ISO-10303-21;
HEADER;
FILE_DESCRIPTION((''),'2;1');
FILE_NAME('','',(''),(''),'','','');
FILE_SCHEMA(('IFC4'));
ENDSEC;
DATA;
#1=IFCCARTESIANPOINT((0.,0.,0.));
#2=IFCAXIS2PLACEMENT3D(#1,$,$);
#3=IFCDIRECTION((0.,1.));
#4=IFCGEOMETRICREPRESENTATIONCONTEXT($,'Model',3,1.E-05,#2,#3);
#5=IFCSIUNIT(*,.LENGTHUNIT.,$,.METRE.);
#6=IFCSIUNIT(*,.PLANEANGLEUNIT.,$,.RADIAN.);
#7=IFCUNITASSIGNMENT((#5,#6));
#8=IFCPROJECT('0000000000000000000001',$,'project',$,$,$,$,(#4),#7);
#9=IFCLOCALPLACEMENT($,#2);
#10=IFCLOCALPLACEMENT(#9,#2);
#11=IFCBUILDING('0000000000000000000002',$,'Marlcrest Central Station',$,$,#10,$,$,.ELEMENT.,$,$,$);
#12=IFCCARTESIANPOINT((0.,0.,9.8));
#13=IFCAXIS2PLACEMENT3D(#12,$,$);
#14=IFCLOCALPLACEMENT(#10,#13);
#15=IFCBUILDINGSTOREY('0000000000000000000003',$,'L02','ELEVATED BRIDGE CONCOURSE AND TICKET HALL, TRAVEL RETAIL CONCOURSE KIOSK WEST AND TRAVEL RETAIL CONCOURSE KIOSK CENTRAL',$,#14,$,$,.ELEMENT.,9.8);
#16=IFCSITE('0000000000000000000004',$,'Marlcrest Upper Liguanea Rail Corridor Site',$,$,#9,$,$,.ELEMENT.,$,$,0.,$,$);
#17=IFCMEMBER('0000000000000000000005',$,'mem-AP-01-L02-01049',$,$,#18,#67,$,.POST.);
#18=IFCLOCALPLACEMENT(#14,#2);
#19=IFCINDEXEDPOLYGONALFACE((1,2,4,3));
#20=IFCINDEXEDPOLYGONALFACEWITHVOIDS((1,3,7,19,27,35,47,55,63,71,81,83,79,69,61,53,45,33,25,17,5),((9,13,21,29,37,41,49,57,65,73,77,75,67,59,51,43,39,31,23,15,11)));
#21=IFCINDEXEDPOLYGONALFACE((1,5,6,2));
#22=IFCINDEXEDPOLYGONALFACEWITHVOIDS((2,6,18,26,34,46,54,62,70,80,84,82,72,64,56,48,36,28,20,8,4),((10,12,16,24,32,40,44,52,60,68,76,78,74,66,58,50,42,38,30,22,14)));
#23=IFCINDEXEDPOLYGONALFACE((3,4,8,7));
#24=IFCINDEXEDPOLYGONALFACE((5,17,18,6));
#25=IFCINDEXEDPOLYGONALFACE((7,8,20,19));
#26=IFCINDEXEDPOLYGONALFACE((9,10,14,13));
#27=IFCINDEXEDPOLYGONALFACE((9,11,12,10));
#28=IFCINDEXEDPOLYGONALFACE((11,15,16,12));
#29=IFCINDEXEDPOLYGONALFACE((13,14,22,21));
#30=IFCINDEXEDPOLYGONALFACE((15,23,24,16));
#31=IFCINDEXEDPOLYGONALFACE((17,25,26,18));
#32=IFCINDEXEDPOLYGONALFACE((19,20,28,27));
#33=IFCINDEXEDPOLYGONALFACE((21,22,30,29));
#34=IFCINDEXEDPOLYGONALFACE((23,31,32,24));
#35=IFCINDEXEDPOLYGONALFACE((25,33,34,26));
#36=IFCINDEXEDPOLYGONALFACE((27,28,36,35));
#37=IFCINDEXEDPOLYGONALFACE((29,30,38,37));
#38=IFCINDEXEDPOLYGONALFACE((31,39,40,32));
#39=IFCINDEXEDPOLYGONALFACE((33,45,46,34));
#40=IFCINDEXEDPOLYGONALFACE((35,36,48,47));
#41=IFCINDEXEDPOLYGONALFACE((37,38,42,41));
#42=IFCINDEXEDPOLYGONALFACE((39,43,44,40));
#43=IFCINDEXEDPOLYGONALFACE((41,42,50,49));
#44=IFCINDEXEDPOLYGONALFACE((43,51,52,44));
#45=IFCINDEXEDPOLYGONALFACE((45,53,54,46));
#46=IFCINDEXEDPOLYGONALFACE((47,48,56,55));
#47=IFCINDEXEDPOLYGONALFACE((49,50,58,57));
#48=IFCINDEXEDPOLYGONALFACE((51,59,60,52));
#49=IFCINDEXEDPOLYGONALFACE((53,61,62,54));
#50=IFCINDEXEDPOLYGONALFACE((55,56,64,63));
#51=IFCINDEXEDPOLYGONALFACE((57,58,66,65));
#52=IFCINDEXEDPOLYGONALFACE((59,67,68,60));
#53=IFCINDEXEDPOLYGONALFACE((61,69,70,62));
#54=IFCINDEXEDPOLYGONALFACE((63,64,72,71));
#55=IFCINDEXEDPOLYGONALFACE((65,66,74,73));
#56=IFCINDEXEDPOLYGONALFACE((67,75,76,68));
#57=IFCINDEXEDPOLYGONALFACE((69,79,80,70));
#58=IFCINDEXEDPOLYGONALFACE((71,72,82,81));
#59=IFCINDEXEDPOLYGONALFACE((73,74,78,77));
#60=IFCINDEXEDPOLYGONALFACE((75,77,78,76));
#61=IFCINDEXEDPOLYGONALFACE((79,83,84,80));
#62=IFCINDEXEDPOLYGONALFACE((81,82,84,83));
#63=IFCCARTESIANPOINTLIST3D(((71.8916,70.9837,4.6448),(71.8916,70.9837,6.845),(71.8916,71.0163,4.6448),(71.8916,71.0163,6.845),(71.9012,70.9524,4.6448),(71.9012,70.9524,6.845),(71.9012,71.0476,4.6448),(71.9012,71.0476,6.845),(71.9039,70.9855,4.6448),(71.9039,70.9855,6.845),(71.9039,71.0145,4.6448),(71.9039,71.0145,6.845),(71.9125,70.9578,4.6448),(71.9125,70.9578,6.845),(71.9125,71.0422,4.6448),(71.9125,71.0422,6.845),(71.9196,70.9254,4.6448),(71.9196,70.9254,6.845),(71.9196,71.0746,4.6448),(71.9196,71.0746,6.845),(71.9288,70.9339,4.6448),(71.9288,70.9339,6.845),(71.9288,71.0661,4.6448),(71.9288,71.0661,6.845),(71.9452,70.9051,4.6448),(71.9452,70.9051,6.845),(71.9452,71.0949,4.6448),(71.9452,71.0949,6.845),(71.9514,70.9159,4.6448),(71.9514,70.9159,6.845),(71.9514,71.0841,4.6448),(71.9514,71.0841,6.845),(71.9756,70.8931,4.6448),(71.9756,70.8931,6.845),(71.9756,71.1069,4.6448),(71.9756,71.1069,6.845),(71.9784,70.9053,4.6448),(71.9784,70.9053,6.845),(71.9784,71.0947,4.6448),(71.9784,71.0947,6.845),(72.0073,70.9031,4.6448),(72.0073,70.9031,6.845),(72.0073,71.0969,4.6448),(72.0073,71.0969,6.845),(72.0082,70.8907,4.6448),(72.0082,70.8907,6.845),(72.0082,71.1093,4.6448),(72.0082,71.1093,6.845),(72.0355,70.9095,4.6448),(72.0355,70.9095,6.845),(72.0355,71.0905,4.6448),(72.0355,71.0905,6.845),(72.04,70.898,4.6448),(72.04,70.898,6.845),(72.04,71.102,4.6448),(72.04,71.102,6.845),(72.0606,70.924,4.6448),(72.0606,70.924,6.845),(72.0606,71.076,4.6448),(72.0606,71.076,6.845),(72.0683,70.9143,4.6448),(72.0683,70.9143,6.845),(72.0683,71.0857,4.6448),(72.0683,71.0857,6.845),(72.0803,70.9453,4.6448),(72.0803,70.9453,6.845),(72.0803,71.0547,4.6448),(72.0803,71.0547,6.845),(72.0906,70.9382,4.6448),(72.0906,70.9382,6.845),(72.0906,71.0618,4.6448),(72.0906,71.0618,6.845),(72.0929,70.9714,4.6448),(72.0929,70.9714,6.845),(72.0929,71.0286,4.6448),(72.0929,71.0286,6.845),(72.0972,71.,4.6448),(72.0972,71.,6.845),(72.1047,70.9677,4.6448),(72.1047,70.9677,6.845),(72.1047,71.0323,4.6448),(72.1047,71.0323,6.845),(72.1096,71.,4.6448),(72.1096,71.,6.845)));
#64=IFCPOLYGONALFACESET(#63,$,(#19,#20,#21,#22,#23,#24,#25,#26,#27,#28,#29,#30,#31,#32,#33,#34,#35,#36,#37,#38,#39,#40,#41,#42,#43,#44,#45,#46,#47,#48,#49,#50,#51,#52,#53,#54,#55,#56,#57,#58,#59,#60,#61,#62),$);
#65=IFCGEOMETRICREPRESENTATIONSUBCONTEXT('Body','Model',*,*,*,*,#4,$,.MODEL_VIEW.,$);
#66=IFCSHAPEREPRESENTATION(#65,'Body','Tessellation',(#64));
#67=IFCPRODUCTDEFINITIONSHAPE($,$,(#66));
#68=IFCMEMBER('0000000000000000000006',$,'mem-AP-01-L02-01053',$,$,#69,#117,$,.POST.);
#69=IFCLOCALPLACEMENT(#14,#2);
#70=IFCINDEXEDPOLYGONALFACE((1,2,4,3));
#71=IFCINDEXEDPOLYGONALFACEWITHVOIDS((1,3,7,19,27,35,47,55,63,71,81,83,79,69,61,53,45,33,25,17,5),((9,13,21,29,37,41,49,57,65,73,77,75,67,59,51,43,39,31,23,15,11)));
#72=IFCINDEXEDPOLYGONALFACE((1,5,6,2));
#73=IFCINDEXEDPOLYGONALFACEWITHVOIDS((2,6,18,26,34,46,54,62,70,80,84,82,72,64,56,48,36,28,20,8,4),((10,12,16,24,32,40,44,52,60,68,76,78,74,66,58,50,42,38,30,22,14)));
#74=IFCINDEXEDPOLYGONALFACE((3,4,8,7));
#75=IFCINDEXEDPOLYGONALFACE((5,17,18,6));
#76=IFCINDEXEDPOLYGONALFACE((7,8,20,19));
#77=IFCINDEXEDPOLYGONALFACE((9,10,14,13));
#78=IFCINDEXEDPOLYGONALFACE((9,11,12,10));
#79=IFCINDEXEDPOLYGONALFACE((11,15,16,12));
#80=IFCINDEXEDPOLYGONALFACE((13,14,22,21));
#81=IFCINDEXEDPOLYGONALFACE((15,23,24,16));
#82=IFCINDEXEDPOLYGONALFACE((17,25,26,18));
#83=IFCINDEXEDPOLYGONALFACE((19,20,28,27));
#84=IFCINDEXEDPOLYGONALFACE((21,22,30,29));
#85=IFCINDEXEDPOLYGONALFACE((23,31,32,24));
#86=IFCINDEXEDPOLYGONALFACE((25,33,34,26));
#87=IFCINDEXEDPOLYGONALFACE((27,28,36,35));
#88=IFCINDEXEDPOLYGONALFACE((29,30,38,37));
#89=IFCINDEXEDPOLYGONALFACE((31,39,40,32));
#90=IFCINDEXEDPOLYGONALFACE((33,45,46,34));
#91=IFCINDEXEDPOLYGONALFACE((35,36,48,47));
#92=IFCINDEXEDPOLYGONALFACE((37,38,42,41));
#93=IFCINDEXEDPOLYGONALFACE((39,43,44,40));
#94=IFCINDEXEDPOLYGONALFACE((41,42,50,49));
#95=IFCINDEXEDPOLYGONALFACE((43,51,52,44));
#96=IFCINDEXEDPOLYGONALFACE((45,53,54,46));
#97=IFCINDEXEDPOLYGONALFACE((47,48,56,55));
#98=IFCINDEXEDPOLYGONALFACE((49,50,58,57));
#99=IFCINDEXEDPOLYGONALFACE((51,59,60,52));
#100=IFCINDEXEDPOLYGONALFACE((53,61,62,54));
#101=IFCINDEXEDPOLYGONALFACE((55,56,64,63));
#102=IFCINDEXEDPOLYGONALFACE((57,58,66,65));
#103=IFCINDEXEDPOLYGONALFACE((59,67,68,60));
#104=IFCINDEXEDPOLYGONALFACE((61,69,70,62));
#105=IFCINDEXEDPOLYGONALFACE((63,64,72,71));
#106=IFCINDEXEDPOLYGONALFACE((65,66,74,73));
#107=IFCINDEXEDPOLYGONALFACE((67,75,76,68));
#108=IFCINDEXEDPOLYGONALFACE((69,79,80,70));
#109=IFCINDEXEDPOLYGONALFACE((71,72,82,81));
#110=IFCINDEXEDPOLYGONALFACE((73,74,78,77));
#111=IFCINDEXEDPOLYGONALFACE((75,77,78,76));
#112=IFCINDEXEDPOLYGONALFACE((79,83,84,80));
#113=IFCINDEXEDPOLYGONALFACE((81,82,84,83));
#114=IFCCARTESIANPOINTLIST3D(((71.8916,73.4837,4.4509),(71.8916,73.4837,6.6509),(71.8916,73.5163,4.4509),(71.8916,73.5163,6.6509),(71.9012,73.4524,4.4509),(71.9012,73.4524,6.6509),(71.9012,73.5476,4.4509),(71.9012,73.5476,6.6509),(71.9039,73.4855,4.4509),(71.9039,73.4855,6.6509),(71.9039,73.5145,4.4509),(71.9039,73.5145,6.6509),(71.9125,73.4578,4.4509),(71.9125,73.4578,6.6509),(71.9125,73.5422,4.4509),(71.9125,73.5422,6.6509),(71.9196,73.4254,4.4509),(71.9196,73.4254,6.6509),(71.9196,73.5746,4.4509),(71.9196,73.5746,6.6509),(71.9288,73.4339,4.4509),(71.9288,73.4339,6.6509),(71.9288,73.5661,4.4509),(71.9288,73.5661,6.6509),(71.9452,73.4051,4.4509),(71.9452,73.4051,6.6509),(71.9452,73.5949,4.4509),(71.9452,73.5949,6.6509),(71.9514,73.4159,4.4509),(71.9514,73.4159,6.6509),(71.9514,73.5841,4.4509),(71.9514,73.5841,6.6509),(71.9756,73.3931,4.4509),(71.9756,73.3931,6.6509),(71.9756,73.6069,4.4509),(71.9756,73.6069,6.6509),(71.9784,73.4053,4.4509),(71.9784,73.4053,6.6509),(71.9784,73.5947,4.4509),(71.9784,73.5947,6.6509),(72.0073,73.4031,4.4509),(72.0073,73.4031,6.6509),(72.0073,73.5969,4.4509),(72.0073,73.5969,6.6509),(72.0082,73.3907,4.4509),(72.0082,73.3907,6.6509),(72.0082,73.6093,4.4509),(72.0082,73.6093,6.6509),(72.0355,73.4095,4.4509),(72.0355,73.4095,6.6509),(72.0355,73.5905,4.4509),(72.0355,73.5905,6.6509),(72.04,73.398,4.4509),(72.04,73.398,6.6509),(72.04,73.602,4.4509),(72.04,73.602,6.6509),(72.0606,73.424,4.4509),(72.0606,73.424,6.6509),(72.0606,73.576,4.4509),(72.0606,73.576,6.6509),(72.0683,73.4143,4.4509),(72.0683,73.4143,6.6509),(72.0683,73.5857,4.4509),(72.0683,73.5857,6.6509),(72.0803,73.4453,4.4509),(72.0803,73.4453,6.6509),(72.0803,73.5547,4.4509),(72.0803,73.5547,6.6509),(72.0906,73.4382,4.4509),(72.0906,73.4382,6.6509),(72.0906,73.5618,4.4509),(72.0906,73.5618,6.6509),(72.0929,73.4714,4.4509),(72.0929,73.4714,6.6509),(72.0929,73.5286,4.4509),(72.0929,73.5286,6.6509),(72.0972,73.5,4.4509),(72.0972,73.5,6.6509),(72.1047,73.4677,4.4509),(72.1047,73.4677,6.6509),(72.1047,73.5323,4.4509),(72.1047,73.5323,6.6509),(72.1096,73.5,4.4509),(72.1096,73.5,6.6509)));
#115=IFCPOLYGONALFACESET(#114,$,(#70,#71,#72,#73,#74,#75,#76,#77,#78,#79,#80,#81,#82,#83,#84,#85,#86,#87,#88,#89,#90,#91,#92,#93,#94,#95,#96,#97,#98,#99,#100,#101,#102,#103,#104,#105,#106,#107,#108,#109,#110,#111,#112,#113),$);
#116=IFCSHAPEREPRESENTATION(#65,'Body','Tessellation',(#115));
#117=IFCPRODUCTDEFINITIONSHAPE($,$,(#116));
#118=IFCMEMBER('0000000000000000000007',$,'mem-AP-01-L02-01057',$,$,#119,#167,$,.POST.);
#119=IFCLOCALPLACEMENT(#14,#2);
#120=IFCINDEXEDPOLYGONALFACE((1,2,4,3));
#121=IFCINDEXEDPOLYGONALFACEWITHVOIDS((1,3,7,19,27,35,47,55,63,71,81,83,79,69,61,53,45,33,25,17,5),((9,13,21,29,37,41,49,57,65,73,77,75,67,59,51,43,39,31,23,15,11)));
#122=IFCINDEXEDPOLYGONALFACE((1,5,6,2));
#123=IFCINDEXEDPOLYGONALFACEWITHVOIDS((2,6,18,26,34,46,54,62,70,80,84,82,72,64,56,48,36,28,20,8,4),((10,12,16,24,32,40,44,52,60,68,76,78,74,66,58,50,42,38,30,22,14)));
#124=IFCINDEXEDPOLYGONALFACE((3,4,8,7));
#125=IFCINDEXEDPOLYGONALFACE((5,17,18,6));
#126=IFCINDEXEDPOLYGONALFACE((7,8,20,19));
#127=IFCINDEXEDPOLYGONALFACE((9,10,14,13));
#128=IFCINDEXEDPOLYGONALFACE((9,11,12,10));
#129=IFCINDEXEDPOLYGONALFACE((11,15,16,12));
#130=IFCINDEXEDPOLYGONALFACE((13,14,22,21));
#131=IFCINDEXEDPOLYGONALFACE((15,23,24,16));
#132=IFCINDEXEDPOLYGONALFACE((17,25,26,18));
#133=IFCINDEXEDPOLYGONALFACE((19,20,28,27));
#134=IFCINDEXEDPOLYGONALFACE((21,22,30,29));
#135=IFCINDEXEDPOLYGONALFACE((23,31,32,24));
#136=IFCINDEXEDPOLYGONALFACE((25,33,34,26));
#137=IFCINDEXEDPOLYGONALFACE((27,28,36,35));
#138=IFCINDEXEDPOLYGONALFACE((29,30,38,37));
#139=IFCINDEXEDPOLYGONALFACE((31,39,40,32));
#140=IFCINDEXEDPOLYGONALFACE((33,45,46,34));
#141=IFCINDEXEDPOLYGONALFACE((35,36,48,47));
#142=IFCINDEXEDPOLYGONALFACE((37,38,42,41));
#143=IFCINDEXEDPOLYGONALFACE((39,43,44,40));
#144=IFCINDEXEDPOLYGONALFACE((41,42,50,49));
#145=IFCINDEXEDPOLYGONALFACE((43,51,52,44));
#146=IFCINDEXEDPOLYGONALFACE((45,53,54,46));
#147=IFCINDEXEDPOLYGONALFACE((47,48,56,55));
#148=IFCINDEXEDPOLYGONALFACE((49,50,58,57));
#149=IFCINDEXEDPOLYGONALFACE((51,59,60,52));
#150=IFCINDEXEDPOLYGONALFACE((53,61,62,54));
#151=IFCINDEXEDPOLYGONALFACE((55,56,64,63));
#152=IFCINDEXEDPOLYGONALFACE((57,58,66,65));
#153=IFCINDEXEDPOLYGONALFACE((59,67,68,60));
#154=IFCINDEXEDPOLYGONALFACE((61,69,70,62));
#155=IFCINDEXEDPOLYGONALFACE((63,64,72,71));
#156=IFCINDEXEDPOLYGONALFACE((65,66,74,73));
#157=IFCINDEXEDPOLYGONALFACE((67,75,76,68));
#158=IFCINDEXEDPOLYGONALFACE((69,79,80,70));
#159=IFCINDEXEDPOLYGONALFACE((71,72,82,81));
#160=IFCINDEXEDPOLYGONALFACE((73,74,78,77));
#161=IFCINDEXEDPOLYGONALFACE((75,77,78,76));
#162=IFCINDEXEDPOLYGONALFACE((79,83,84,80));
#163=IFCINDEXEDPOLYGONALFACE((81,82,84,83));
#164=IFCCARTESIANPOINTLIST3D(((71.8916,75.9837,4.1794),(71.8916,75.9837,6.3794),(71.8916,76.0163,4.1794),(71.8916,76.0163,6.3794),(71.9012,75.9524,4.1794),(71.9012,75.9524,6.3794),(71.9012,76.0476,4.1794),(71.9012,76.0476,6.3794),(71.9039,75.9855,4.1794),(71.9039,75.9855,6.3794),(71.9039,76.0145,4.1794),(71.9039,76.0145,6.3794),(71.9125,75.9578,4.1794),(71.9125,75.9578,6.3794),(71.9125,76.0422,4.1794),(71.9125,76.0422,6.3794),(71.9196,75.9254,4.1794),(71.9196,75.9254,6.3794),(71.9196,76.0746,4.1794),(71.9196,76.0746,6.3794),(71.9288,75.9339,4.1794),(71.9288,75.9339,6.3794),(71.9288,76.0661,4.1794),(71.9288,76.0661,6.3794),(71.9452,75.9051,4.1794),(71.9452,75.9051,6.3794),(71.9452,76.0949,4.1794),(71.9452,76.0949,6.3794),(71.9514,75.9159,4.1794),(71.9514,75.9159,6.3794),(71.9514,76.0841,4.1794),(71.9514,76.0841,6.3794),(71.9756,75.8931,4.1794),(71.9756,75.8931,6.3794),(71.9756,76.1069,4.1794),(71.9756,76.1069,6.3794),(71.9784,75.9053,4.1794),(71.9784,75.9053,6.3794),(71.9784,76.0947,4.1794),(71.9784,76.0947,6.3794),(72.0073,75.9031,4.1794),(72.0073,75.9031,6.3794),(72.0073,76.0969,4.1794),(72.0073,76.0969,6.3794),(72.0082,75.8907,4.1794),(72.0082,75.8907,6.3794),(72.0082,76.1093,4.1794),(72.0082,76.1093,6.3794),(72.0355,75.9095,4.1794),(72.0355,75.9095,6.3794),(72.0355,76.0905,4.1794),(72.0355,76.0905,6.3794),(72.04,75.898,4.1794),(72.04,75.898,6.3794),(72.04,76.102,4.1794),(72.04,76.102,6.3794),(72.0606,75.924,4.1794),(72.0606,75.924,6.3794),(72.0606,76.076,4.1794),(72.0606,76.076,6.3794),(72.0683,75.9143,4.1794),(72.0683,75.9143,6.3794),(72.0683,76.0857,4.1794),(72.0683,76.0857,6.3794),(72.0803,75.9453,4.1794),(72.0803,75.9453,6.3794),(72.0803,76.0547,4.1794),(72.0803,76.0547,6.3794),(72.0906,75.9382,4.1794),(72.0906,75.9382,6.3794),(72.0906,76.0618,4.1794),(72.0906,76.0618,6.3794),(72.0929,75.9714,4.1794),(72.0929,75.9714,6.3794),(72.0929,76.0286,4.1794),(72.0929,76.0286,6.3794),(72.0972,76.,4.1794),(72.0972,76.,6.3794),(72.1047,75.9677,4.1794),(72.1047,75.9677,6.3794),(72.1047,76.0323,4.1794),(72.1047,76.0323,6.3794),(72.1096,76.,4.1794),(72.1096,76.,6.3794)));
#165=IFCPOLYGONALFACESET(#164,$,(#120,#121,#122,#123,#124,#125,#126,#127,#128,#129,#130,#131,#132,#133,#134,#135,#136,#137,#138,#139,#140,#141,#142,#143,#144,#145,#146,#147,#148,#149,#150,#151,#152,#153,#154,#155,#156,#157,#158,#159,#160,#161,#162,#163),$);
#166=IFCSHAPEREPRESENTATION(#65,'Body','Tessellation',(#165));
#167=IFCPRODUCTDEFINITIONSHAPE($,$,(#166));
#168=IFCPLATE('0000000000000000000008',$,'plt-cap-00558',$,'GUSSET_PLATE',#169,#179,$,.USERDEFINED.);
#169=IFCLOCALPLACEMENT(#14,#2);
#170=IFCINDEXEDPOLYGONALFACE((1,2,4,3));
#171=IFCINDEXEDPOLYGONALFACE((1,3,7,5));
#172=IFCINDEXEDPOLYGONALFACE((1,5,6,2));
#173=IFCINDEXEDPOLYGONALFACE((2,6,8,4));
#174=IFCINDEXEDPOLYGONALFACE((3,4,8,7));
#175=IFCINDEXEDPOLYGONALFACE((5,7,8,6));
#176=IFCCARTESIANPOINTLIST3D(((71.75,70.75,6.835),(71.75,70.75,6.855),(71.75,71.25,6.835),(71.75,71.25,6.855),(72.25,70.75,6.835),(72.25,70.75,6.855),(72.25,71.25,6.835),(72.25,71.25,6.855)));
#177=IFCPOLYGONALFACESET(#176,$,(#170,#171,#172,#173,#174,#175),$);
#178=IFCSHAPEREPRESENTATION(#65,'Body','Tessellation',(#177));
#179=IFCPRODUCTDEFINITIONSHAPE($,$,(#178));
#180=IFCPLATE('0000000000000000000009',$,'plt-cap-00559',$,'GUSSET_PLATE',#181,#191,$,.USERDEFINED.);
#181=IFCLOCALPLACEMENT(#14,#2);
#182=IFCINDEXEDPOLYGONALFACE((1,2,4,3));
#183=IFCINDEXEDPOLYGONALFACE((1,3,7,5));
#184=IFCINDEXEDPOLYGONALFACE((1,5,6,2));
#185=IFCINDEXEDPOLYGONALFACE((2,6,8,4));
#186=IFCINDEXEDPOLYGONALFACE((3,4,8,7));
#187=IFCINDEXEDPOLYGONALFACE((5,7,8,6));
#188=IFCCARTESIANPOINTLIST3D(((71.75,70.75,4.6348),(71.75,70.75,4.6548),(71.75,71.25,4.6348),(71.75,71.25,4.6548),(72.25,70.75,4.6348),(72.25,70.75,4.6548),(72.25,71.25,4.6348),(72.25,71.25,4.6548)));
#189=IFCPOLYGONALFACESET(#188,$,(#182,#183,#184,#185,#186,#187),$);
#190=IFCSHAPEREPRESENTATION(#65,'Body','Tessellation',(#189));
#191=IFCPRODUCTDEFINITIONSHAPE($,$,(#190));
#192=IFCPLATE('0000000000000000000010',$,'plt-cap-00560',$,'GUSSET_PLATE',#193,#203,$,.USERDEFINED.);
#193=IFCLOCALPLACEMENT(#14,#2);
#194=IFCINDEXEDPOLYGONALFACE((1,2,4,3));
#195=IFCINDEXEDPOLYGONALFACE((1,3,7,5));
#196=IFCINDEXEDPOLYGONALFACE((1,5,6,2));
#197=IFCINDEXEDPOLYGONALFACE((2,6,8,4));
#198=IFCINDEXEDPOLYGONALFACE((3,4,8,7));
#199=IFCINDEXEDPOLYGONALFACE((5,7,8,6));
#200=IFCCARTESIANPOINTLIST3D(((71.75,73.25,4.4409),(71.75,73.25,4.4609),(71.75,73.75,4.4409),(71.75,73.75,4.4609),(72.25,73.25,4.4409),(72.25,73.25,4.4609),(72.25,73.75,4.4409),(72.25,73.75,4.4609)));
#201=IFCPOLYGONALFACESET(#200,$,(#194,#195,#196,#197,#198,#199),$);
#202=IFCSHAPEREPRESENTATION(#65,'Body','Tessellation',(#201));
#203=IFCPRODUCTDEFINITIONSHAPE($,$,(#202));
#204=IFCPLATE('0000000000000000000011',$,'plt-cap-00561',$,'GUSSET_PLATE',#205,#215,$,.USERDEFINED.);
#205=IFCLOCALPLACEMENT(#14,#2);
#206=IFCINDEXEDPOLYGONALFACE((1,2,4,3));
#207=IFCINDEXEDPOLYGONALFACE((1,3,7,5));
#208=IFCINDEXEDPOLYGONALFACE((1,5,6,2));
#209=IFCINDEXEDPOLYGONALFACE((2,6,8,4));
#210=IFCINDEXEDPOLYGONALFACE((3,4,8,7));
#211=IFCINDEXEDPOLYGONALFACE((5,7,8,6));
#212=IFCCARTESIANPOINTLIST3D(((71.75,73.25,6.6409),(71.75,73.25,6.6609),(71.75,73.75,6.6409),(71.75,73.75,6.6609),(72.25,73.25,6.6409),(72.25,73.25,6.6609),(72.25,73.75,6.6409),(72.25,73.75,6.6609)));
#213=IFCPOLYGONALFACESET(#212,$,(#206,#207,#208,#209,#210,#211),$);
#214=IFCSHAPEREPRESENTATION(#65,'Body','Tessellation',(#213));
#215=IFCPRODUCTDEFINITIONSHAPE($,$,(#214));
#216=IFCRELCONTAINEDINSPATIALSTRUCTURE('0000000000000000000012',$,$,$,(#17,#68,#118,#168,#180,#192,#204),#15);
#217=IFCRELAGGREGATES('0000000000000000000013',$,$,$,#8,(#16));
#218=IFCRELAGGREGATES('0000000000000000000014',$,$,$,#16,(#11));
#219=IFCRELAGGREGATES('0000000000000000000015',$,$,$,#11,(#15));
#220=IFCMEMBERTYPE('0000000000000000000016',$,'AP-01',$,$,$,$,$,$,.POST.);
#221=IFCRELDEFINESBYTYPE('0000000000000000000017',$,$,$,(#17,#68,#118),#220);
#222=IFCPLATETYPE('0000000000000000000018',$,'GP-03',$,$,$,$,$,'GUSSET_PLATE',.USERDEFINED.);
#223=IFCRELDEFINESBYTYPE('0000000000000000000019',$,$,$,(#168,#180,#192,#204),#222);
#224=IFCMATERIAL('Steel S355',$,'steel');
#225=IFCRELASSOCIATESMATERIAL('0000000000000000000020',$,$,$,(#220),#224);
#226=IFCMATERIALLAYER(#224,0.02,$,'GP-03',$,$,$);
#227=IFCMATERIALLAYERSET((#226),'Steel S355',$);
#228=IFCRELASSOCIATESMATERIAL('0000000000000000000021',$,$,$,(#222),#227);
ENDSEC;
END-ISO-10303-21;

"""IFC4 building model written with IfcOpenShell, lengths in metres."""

from ifc_helpers import new_model, si_unit, direction, frame, origin, origin_2d, place, context, subcontext, project, spatial, rectangle, hollow_circle, extrude, material, layer, layer_set, material_profile, profile_set, type_object, element, save


model = new_model("IFC4")

# Units and contexts
model_context = context("Model", 3, precision=1e-05, world=origin(), true_north=direction((0.0, 1.0)))
body_context = subcontext(model_context, "Body", "Model", "MODEL_VIEW")
ifc_project = project(units=[si_unit("LENGTHUNIT", "METRE"), si_unit("PLANEANGLEUNIT", "RADIAN")], contexts=[model_context])

# Site, building, storey
site_placement = place(None, origin())
site = spatial("IfcSite", under=ifc_project, at=site_placement, Name="Marlcrest Upper Liguanea Rail Corridor Site", CompositionType="ELEMENT", RefElevation=0.0)
building_placement = place(site_placement, origin())
building = spatial("IfcBuilding", under=site, at=building_placement, Name="Marlcrest Central Station", CompositionType="ELEMENT")
storey_placement = place(building_placement, frame((0.0, 0.0, 9.8)))
storey = spatial("IfcBuildingStorey", under=building, at=storey_placement, Name="L02", Description="ELEVATED BRIDGE CONCOURSE AND TICKET HALL, TRAVEL RETAIL CONCOURSE KIOSK WEST AND TRAVEL RETAIL CONCOURSE KIOSK CENTRAL", CompositionType="ELEMENT", Elevation=9.8)

# Members
ifc_material = material(Name="Steel S355", Category="steel")
ifc_material_profile_1 = material_profile(ifc_material, hollow_circle(Radius=0.1096, WallThickness=0.0125, at=origin_2d()), Name="CHS 219.1x12.5")
ifc_profile_set_1 = profile_set([ifc_material_profile_1], Name="Steel S355")
member_type_1 = type_object("IfcMemberType", Name="AP-01", PredefinedType="POST", material=ifc_profile_set_1)
member_1_placement = place(storey_placement, frame((72.0, 71.0, 4.6448), z_axis=(0.0, 0.0, 1.0), x_axis=(1.0, 0.0, 0.0)))
element("IfcMember", 1, at=member_1_placement, inside=storey, type_object=member_type_1, Name="mem-AP-01-L02-01049", PredefinedType="POST", context=body_context, shape_type="SweptSolid", body=[
    extrude(hollow_circle(Radius=0.1096, WallThickness=0.0125, at=origin_2d()), origin(), (0.0, 0.0, 1.0), 2.2002),
])
for number, where, z_axis, x_axis, name in (
    (2, (72.0, 73.5, 4.4509), (0.0, 0.0, 1.0), (1.0, 0.0, 0.0), "mem-AP-01-L02-01053"),
    (3, (72.0, 76.0, 4.1794), (0.0, 0.0, 1.0), (1.0, 0.0, 0.0), "mem-AP-01-L02-01057"),
):
    element("IfcMember", number, at=place(storey_placement, frame(where, z_axis=z_axis, x_axis=x_axis)), inside=storey, type_object=member_type_1, Name=name, PredefinedType="POST", context=body_context, shape_type="SweptSolid", body=[
        extrude(hollow_circle(Radius=0.1096, WallThickness=0.0125, at=origin_2d()), origin(), (0.0, 0.0, 1.0), 2.2),
    ])

# Plates
ifc_layer = layer(ifc_material, 0.02, Name="GP-03")
ifc_layer_set = layer_set([ifc_layer], Name="Steel S355")
plate_type = type_object("IfcPlateType", Name="GP-03", ElementType="GUSSET_PLATE", PredefinedType="USERDEFINED", material=ifc_layer_set)
for number, where, z_axis, x_axis, name in (
    (4, (72.0, 71.0, 6.835), (0.0, 0.0, 1.0), (1.0, 0.0, 0.0), "plt-cap-00558"),
    (5, (72.0, 71.0, 4.6348), (0.0, 0.0, 1.0), (1.0, 0.0, 0.0), "plt-cap-00559"),
    (6, (72.0, 73.5, 4.4409), (0.0, 0.0, 1.0), (1.0, 0.0, 0.0), "plt-cap-00560"),
    (7, (72.0, 73.5, 6.6409), (0.0, 0.0, 1.0), (1.0, 0.0, 0.0), "plt-cap-00561"),
):
    element("IfcPlate", number, at=place(storey_placement, frame(where, z_axis=z_axis, x_axis=x_axis)), inside=storey, type_object=plate_type, Name=name, ObjectType="GUSSET_PLATE", PredefinedType="USERDEFINED", context=body_context, shape_type="SweptSolid", body=[
        extrude(rectangle(XDim=0.5, YDim=0.5, at=origin_2d()), origin(), (0.0, 0.0, 1.0), 0.02),
    ])

save(model, "model.ifc")
